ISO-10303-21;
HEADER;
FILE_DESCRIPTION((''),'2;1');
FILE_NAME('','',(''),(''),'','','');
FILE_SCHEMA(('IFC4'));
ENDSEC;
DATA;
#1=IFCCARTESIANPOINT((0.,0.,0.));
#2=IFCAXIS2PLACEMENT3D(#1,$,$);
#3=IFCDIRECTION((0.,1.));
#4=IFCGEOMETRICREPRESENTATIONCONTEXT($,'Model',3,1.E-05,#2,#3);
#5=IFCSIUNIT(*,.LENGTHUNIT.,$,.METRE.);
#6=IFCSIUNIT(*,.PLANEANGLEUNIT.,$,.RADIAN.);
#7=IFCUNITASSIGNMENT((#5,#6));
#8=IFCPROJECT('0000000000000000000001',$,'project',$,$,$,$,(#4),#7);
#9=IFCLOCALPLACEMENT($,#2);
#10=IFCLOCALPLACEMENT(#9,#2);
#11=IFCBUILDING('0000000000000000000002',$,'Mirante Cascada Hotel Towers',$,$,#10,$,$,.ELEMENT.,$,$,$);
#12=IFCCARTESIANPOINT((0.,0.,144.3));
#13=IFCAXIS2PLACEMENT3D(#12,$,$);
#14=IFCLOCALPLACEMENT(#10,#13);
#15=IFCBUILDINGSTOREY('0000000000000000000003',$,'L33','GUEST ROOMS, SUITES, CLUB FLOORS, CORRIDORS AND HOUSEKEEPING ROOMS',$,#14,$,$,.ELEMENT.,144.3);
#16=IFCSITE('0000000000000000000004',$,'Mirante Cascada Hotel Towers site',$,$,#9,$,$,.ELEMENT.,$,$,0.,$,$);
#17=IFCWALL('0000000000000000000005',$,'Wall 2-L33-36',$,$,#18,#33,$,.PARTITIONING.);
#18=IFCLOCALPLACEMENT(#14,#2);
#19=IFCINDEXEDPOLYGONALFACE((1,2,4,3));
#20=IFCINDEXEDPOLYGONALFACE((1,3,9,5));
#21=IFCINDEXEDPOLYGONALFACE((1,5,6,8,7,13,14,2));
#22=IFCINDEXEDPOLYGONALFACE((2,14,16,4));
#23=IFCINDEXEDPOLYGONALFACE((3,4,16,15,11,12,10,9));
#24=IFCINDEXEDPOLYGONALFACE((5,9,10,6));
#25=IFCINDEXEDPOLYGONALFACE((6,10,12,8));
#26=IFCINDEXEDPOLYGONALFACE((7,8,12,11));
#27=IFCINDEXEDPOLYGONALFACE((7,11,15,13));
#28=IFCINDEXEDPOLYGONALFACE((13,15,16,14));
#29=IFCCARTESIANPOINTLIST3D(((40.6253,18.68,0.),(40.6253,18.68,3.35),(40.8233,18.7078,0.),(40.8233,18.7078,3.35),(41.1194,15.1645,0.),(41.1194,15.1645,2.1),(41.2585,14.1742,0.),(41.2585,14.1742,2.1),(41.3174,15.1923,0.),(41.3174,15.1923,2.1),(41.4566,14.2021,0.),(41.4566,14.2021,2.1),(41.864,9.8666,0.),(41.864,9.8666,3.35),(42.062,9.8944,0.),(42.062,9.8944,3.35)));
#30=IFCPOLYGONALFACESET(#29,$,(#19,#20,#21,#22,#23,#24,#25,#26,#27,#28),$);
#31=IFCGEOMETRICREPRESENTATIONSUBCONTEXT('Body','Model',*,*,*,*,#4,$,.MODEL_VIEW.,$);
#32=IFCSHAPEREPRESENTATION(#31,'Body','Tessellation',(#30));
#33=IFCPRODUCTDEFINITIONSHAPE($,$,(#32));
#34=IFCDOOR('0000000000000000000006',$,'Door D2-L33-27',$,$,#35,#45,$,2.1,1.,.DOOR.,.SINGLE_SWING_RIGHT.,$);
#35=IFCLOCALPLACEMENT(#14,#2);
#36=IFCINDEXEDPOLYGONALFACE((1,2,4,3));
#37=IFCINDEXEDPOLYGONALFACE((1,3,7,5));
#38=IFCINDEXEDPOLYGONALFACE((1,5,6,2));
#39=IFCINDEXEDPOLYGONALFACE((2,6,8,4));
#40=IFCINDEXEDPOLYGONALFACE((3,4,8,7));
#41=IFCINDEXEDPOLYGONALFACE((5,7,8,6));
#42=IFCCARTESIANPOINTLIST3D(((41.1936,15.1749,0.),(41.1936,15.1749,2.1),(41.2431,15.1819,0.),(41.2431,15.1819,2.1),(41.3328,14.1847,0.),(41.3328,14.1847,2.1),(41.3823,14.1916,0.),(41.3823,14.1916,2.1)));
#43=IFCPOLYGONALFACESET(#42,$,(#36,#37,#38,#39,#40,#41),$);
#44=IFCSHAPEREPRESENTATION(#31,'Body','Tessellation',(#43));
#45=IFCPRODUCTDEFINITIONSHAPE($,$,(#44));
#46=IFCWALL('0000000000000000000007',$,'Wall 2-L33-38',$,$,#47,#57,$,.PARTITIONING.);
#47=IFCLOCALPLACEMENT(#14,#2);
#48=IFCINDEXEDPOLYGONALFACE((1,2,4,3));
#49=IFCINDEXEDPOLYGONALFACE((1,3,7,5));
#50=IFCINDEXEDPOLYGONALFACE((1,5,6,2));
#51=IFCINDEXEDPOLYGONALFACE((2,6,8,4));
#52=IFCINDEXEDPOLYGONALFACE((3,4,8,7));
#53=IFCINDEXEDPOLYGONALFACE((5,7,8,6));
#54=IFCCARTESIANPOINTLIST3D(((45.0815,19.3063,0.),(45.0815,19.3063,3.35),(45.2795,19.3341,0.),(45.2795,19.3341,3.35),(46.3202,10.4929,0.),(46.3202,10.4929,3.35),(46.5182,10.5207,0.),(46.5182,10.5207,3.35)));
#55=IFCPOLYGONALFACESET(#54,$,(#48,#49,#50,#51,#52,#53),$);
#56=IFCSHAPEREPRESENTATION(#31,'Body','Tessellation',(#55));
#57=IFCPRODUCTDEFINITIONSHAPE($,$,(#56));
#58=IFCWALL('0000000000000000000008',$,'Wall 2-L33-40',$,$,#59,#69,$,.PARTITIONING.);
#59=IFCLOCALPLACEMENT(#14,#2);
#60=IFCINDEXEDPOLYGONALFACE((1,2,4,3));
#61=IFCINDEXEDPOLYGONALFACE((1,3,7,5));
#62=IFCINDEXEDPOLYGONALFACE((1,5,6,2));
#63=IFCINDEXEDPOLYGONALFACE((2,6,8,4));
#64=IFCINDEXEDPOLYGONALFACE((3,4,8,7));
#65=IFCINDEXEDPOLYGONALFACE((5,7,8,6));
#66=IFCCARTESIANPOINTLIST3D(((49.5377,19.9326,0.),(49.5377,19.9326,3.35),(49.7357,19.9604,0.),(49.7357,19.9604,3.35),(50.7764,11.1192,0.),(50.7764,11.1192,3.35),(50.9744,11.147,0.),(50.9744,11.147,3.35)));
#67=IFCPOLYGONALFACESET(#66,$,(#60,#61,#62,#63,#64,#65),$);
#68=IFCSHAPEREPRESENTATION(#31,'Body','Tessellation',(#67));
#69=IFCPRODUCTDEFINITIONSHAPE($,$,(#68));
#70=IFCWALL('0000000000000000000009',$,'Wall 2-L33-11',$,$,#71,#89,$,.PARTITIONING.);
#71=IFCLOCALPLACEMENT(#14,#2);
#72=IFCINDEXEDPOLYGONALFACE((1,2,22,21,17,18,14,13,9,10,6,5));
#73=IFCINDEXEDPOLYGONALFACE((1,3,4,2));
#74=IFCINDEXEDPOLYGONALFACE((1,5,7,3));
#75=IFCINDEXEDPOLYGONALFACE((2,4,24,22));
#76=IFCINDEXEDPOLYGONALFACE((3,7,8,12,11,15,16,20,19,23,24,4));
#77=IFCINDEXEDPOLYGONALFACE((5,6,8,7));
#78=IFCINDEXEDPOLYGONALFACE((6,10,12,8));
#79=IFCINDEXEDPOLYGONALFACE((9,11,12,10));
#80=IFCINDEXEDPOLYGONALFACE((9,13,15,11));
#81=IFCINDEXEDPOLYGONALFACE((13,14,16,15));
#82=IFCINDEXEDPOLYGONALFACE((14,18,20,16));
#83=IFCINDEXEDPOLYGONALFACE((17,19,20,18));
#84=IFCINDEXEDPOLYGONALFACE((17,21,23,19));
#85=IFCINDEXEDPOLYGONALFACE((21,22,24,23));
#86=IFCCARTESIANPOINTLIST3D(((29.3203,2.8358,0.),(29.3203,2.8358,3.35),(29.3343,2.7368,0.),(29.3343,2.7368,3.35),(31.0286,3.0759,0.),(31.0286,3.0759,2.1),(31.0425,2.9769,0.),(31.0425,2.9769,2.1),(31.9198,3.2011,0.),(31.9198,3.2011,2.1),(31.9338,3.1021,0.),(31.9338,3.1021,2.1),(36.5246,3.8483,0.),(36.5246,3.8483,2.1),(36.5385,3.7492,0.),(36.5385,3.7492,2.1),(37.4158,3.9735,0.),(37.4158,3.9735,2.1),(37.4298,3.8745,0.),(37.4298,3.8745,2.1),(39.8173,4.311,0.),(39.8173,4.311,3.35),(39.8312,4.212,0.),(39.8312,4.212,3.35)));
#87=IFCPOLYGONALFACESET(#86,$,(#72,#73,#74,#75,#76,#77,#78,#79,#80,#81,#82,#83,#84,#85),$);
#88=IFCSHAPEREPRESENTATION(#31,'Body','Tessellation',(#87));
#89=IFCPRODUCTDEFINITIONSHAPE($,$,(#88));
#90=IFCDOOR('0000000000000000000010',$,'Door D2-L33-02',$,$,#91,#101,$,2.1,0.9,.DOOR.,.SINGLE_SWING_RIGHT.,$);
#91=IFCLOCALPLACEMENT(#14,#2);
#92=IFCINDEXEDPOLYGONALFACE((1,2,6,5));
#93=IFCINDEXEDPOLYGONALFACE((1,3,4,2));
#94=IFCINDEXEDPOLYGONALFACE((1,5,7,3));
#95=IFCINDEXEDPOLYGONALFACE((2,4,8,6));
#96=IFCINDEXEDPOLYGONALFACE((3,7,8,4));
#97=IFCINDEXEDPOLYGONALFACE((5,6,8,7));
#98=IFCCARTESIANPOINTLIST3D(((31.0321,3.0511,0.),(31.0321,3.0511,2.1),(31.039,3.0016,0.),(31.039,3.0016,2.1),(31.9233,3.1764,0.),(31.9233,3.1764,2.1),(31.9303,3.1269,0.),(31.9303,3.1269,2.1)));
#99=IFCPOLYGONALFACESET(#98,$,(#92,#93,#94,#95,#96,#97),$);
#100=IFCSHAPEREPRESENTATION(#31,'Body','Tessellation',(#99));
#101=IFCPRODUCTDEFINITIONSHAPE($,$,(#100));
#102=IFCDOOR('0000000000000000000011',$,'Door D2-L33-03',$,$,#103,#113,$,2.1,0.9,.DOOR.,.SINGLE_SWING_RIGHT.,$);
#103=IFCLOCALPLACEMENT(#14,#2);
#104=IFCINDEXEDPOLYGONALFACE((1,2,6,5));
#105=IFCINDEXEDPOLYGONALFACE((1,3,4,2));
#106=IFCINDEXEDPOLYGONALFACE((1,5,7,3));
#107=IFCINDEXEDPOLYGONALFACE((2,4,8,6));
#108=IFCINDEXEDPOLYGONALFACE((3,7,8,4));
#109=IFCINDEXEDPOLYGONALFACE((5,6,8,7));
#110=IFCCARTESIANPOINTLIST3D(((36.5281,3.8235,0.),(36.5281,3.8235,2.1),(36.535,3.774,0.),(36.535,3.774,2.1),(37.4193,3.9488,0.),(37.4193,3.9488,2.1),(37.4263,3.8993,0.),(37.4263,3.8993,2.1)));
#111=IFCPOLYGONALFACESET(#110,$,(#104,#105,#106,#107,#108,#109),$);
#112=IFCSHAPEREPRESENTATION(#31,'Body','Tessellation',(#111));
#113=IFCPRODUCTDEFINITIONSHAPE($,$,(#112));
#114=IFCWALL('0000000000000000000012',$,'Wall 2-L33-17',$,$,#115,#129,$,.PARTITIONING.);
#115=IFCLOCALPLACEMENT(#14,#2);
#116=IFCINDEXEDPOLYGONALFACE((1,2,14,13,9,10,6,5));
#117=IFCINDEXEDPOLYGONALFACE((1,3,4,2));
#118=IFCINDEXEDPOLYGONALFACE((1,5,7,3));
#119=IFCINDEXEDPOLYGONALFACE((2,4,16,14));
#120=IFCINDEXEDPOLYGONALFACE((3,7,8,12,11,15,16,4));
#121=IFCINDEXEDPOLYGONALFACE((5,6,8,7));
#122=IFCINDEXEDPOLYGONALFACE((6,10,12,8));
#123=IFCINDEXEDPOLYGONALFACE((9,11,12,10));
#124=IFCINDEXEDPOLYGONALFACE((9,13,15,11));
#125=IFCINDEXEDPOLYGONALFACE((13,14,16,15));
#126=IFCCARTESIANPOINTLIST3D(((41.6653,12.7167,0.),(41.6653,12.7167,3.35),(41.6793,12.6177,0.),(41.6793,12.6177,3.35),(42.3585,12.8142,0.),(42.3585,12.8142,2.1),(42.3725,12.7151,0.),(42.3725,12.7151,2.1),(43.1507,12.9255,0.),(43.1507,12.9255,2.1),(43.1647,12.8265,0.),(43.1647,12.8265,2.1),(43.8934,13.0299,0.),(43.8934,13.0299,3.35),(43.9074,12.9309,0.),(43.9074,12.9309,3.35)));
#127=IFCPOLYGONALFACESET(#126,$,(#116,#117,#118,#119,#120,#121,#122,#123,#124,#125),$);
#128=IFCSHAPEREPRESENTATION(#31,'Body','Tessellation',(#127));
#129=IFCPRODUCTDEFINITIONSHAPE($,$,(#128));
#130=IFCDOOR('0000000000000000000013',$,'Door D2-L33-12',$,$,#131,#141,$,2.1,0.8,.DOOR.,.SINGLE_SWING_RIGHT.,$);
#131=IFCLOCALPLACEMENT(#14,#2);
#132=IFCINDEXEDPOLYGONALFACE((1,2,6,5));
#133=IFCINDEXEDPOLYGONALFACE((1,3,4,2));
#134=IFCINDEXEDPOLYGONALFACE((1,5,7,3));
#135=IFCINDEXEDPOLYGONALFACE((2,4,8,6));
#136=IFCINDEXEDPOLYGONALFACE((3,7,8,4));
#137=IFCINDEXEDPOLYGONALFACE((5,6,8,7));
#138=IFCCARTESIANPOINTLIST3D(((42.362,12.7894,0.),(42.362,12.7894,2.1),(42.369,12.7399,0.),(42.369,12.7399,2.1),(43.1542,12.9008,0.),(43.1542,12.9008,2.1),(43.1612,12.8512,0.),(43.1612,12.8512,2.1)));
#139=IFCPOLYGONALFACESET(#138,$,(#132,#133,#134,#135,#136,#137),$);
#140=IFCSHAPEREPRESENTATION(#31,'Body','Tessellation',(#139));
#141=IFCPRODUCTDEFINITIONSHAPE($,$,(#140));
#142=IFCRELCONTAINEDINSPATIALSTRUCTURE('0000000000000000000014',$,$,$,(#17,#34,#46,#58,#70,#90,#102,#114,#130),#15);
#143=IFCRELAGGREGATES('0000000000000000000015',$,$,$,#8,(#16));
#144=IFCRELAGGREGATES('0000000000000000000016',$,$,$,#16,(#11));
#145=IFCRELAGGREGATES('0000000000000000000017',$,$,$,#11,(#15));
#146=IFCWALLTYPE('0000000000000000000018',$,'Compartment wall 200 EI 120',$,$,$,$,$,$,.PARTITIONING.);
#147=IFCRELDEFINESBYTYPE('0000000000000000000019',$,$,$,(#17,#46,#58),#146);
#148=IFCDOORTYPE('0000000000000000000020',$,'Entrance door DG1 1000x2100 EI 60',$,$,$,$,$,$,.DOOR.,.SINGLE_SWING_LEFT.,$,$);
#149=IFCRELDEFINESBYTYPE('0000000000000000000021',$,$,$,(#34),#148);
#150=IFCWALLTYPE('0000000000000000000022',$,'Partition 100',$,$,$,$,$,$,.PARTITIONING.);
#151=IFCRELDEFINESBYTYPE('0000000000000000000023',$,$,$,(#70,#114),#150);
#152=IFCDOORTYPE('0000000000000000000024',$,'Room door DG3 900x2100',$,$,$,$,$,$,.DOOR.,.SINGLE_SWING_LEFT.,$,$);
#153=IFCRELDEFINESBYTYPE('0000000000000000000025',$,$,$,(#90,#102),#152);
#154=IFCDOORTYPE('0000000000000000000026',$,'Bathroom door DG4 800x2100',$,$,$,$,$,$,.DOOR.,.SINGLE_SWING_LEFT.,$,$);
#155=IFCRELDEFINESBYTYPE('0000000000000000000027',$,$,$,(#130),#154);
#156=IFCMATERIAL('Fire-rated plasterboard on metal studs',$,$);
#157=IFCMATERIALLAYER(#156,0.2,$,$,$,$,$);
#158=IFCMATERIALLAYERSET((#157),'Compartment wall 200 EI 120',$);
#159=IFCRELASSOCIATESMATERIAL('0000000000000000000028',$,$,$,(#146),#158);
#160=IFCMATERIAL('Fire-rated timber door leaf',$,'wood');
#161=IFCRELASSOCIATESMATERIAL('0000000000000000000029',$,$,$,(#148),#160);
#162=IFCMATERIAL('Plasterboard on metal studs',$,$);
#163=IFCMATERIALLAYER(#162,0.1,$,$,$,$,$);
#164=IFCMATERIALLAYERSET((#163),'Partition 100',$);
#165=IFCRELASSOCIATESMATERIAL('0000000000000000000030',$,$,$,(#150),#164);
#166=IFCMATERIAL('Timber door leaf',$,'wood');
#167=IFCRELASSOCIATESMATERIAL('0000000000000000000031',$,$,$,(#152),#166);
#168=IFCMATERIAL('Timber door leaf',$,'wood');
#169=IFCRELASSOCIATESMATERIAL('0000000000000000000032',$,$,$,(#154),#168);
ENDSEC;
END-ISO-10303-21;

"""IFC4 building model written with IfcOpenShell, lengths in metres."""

from ifc_helpers import new_model, si_unit, direction, frame, frame_2d, origin, place, context, subcontext, project, spatial, rectangle, extrude, material, layer, layer_set, type_object, element, fill, save


model = new_model("IFC4")

# Units and contexts
model_context = context("Model", 3, precision=1e-05, world=origin(), true_north=direction((0.0, 1.0)))
body_context = subcontext(model_context, "Body", "Model", "MODEL_VIEW")
ifc_project = project(units=[si_unit("LENGTHUNIT", "METRE"), si_unit("PLANEANGLEUNIT", "RADIAN")], contexts=[model_context])

# Site, building, storey
site_placement = place(None, origin())
site = spatial("IfcSite", under=ifc_project, at=site_placement, Name="Mirante Cascada Hotel Towers site", CompositionType="ELEMENT", RefElevation=0.0)
building_placement = place(site_placement, origin())
building = spatial("IfcBuilding", under=site, at=building_placement, Name="Mirante Cascada Hotel Towers", CompositionType="ELEMENT")
storey_placement = place(building_placement, frame((0.0, 0.0, 144.3)))
storey = spatial("IfcBuildingStorey", under=building, at=storey_placement, Name="L33", Description="GUEST ROOMS, SUITES, CLUB FLOORS, CORRIDORS AND HOUSEKEEPING ROOMS", CompositionType="ELEMENT", Elevation=144.3)

# Shared definitions
ifc_material_1 = material(Name="Fire-rated plasterboard on metal studs")
ifc_layer_1 = layer(ifc_material_1, 0.2)
ifc_layer_set_1 = layer_set([ifc_layer_1], Name="Compartment wall 200 EI 120")
wall_type_1 = type_object("IfcWallType", Name="Compartment wall 200 EI 120", PredefinedType="PARTITIONING", material=ifc_layer_set_1)
ifc_material_2 = material(Name="Fire-rated timber door leaf", Category="wood")
door_type_1 = type_object("IfcDoorType", Name="Entrance door DG1 1000x2100 EI 60", OperationType="SINGLE_SWING_LEFT", PredefinedType="DOOR", material=ifc_material_2)

# Wall, opening, door
wall_1_placement = place(storey_placement, frame((41.963, 9.8805, 0.0), z_axis=(0.0, 0.0, 1.0), x_axis=(-0.139179, 0.990267, 0.0)))
wall_1 = element("IfcWall", 1, at=wall_1_placement, inside=storey, type_object=wall_type_1, Name="Wall 2-L33-36", PredefinedType="PARTITIONING", context=body_context, shape_type="SweptSolid", body=[
    extrude(rectangle(XDim=8.9, YDim=0.2, at=frame_2d((4.45, 0.0))), origin(), (0.0, 0.0, 1.0), 3.35),
])
opening_1_placement = place(wall_1_placement, frame((4.35, 0.0, 0.0)))
opening_1 = element("IfcOpeningElement", 2, at=opening_1_placement, cuts=wall_1, PredefinedType="OPENING", context=body_context, shape_type="SweptSolid", body=[
    extrude(rectangle(XDim=1.0, YDim=2.1, at=frame_2d((0.5, 1.05))), frame((0.0, 0.1, 0.0), z_axis=(0.0, -1.0, 0.0), x_axis=(1.0, 0.0, 0.0)), (0.0, 0.0, 1.0), 0.2),
])
door_1_placement = place(opening_1_placement, frame((1.0, 0.0, 0.0), z_axis=(0.0, 0.0, 1.0), x_axis=(-1.0, 0.0, 0.0)))
door_1 = element("IfcDoor", 3, at=door_1_placement, inside=storey, type_object=door_type_1, Name="Door D2-L33-27", OperationType="SINGLE_SWING_RIGHT", OverallHeight=2.1, OverallWidth=1.0, PredefinedType="DOOR", context=body_context, shape_type="SweptSolid", body=[
    extrude(rectangle(XDim=1.0, YDim=2.1, at=frame_2d((0.5, 1.05))), frame((0.0, 0.025, 0.0), z_axis=(0.0, -1.0, 0.0), x_axis=(1.0, 0.0, 0.0)), (0.0, 0.0, 1.0), 0.05),
])
fill(opening_1, door_1)

# Walls
for number, where, z_axis, x_axis, name in (
    (4, (46.4192, 10.5068, 0.0), (0.0, 0.0, 1.0), (-0.139179, 0.990267, 0.0), "Wall 2-L33-38"),
    (5, (50.8754, 11.1331, 0.0), (0.0, 0.0, 1.0), (-0.139179, 0.990267, 0.0), "Wall 2-L33-40"),
):
    element("IfcWall", number, at=place(storey_placement, frame(where, z_axis=z_axis, x_axis=x_axis)), inside=storey, type_object=wall_type_1, Name=name, PredefinedType="PARTITIONING", context=body_context, shape_type="SweptSolid", body=[
        extrude(rectangle(XDim=8.9, YDim=0.2, at=frame_2d((4.45, 0.0))), origin(), (0.0, 0.0, 1.0), 3.35),
    ])

# Wall, openings, doors
ifc_material_3 = material(Name="Plasterboard on metal studs")
ifc_layer_2 = layer(ifc_material_3, 0.1)
ifc_layer_set_2 = layer_set([ifc_layer_2], Name="Partition 100")
wall_type_2 = type_object("IfcWallType", Name="Partition 100", PredefinedType="PARTITIONING", material=ifc_layer_set_2)
wall_2_placement = place(storey_placement, frame((39.8242, 4.2615, 0.0), z_axis=(0.0, 0.0, 1.0), x_axis=(-0.990269, -0.139169, 0.0)))
wall_2 = element("IfcWall", 6, at=wall_2_placement, inside=storey, type_object=wall_type_2, Name="Wall 2-L33-11", PredefinedType="PARTITIONING", context=body_context, shape_type="SweptSolid", body=[
    extrude(rectangle(XDim=10.6001, YDim=0.1, at=frame_2d((5.3, 0.0))), origin(), (0.0, 0.0, 1.0), 3.35),
])
opening_2_placement = place(wall_2_placement, frame((7.975, 0.0, 0.0)))
opening_2 = element("IfcOpeningElement", 7, at=opening_2_placement, cuts=wall_2, PredefinedType="OPENING", context=body_context, shape_type="SweptSolid", body=[
    extrude(rectangle(XDim=0.9, YDim=2.1, at=frame_2d((0.45, 1.05))), frame((0.0, 0.05, 0.0), z_axis=(0.0, -1.0, 0.0), x_axis=(1.0, 0.0, 0.0)), (0.0, 0.0, 1.0), 0.1),
])
opening_3_placement = place(wall_2_placement, frame((2.425, 0.0, 0.0)))
opening_3 = element("IfcOpeningElement", 8, at=opening_3_placement, cuts=wall_2, PredefinedType="OPENING", context=body_context, shape_type="SweptSolid", body=[
    extrude(rectangle(XDim=0.9, YDim=2.1, at=frame_2d((0.45, 1.05))), frame((0.0, 0.05, 0.0), z_axis=(0.0, -1.0, 0.0), x_axis=(1.0, 0.0, 0.0)), (0.0, 0.0, 1.0), 0.1),
])
ifc_material_4 = material(Name="Timber door leaf", Category="wood")
door_type_2 = type_object("IfcDoorType", Name="Room door DG3 900x2100", OperationType="SINGLE_SWING_LEFT", PredefinedType="DOOR", material=ifc_material_4)
door_2_placement = place(opening_2_placement, frame((0.9, 0.0, 0.0), z_axis=(0.0, 0.0, 1.0), x_axis=(-1.0, 0.0, 0.0)))
door_2 = element("IfcDoor", 9, at=door_2_placement, inside=storey, type_object=door_type_2, Name="Door D2-L33-02", OperationType="SINGLE_SWING_RIGHT", OverallHeight=2.1, OverallWidth=0.9, PredefinedType="DOOR", context=body_context, shape_type="SweptSolid", body=[
    extrude(rectangle(XDim=0.9, YDim=2.1, at=frame_2d((0.45, 1.05))), frame((0.0, 0.025, 0.0), z_axis=(0.0, -1.0, 0.0), x_axis=(1.0, 0.0, 0.0)), (0.0, 0.0, 1.0), 0.05),
])
fill(opening_2, door_2)
door_3_placement = place(opening_3_placement, frame((0.9, 0.0, 0.0), z_axis=(0.0, 0.0, 1.0), x_axis=(-1.0, 0.0, 0.0)))
door_3 = element("IfcDoor", 10, at=door_3_placement, inside=storey, type_object=door_type_2, Name="Door D2-L33-03", OperationType="SINGLE_SWING_RIGHT", OverallHeight=2.1, OverallWidth=0.9, PredefinedType="DOOR", context=body_context, shape_type="SweptSolid", body=[
    extrude(rectangle(XDim=0.9, YDim=2.1, at=frame_2d((0.45, 1.05))), frame((0.0, 0.025, 0.0), z_axis=(0.0, -1.0, 0.0), x_axis=(1.0, 0.0, 0.0)), (0.0, 0.0, 1.0), 0.05),
])
fill(opening_3, door_3)

# Wall, opening, door
wall_3_placement = place(storey_placement, frame((43.9004, 12.9804, 0.0), z_axis=(0.0, 0.0, 1.0), x_axis=(-0.990264, -0.1392, 0.0)))
wall_3 = element("IfcWall", 11, at=wall_3_placement, inside=storey, type_object=wall_type_2, Name="Wall 2-L33-17", PredefinedType="PARTITIONING", context=body_context, shape_type="SweptSolid", body=[
    extrude(rectangle(XDim=2.25, YDim=0.1, at=frame_2d((1.125, 0.0))), origin(), (0.0, 0.0, 1.0), 3.35),
])
opening_4_placement = place(wall_3_placement, frame((0.75, 0.0, 0.0)))
opening_4 = element("IfcOpeningElement", 12, at=opening_4_placement, cuts=wall_3, PredefinedType="OPENING", context=body_context, shape_type="SweptSolid", body=[
    extrude(rectangle(XDim=0.8, YDim=2.1, at=frame_2d((0.4, 1.05))), frame((0.0, 0.05, 0.0), z_axis=(0.0, -1.0, 0.0), x_axis=(1.0, 0.0, 0.0)), (0.0, 0.0, 1.0), 0.1),
])
ifc_material_5 = material(Name="Timber door leaf", Category="wood")
door_type_3 = type_object("IfcDoorType", Name="Bathroom door DG4 800x2100", OperationType="SINGLE_SWING_LEFT", PredefinedType="DOOR", material=ifc_material_5)
door_4_placement = place(opening_4_placement, frame((0.8, 0.0, 0.0), z_axis=(0.0, 0.0, 1.0), x_axis=(-1.0, 0.0, 0.0)))
door_4 = element("IfcDoor", 13, at=door_4_placement, inside=storey, type_object=door_type_3, Name="Door D2-L33-12", OperationType="SINGLE_SWING_RIGHT", OverallHeight=2.1, OverallWidth=0.8, PredefinedType="DOOR", context=body_context, shape_type="SweptSolid", body=[
    extrude(rectangle(XDim=0.8, YDim=2.1, at=frame_2d((0.4, 1.05))), frame((0.0, 0.025, 0.0), z_axis=(0.0, -1.0, 0.0), x_axis=(1.0, 0.0, 0.0)), (0.0, 0.0, 1.0), 0.05),
])
fill(opening_4, door_4)

save(model, "model.ifc")
